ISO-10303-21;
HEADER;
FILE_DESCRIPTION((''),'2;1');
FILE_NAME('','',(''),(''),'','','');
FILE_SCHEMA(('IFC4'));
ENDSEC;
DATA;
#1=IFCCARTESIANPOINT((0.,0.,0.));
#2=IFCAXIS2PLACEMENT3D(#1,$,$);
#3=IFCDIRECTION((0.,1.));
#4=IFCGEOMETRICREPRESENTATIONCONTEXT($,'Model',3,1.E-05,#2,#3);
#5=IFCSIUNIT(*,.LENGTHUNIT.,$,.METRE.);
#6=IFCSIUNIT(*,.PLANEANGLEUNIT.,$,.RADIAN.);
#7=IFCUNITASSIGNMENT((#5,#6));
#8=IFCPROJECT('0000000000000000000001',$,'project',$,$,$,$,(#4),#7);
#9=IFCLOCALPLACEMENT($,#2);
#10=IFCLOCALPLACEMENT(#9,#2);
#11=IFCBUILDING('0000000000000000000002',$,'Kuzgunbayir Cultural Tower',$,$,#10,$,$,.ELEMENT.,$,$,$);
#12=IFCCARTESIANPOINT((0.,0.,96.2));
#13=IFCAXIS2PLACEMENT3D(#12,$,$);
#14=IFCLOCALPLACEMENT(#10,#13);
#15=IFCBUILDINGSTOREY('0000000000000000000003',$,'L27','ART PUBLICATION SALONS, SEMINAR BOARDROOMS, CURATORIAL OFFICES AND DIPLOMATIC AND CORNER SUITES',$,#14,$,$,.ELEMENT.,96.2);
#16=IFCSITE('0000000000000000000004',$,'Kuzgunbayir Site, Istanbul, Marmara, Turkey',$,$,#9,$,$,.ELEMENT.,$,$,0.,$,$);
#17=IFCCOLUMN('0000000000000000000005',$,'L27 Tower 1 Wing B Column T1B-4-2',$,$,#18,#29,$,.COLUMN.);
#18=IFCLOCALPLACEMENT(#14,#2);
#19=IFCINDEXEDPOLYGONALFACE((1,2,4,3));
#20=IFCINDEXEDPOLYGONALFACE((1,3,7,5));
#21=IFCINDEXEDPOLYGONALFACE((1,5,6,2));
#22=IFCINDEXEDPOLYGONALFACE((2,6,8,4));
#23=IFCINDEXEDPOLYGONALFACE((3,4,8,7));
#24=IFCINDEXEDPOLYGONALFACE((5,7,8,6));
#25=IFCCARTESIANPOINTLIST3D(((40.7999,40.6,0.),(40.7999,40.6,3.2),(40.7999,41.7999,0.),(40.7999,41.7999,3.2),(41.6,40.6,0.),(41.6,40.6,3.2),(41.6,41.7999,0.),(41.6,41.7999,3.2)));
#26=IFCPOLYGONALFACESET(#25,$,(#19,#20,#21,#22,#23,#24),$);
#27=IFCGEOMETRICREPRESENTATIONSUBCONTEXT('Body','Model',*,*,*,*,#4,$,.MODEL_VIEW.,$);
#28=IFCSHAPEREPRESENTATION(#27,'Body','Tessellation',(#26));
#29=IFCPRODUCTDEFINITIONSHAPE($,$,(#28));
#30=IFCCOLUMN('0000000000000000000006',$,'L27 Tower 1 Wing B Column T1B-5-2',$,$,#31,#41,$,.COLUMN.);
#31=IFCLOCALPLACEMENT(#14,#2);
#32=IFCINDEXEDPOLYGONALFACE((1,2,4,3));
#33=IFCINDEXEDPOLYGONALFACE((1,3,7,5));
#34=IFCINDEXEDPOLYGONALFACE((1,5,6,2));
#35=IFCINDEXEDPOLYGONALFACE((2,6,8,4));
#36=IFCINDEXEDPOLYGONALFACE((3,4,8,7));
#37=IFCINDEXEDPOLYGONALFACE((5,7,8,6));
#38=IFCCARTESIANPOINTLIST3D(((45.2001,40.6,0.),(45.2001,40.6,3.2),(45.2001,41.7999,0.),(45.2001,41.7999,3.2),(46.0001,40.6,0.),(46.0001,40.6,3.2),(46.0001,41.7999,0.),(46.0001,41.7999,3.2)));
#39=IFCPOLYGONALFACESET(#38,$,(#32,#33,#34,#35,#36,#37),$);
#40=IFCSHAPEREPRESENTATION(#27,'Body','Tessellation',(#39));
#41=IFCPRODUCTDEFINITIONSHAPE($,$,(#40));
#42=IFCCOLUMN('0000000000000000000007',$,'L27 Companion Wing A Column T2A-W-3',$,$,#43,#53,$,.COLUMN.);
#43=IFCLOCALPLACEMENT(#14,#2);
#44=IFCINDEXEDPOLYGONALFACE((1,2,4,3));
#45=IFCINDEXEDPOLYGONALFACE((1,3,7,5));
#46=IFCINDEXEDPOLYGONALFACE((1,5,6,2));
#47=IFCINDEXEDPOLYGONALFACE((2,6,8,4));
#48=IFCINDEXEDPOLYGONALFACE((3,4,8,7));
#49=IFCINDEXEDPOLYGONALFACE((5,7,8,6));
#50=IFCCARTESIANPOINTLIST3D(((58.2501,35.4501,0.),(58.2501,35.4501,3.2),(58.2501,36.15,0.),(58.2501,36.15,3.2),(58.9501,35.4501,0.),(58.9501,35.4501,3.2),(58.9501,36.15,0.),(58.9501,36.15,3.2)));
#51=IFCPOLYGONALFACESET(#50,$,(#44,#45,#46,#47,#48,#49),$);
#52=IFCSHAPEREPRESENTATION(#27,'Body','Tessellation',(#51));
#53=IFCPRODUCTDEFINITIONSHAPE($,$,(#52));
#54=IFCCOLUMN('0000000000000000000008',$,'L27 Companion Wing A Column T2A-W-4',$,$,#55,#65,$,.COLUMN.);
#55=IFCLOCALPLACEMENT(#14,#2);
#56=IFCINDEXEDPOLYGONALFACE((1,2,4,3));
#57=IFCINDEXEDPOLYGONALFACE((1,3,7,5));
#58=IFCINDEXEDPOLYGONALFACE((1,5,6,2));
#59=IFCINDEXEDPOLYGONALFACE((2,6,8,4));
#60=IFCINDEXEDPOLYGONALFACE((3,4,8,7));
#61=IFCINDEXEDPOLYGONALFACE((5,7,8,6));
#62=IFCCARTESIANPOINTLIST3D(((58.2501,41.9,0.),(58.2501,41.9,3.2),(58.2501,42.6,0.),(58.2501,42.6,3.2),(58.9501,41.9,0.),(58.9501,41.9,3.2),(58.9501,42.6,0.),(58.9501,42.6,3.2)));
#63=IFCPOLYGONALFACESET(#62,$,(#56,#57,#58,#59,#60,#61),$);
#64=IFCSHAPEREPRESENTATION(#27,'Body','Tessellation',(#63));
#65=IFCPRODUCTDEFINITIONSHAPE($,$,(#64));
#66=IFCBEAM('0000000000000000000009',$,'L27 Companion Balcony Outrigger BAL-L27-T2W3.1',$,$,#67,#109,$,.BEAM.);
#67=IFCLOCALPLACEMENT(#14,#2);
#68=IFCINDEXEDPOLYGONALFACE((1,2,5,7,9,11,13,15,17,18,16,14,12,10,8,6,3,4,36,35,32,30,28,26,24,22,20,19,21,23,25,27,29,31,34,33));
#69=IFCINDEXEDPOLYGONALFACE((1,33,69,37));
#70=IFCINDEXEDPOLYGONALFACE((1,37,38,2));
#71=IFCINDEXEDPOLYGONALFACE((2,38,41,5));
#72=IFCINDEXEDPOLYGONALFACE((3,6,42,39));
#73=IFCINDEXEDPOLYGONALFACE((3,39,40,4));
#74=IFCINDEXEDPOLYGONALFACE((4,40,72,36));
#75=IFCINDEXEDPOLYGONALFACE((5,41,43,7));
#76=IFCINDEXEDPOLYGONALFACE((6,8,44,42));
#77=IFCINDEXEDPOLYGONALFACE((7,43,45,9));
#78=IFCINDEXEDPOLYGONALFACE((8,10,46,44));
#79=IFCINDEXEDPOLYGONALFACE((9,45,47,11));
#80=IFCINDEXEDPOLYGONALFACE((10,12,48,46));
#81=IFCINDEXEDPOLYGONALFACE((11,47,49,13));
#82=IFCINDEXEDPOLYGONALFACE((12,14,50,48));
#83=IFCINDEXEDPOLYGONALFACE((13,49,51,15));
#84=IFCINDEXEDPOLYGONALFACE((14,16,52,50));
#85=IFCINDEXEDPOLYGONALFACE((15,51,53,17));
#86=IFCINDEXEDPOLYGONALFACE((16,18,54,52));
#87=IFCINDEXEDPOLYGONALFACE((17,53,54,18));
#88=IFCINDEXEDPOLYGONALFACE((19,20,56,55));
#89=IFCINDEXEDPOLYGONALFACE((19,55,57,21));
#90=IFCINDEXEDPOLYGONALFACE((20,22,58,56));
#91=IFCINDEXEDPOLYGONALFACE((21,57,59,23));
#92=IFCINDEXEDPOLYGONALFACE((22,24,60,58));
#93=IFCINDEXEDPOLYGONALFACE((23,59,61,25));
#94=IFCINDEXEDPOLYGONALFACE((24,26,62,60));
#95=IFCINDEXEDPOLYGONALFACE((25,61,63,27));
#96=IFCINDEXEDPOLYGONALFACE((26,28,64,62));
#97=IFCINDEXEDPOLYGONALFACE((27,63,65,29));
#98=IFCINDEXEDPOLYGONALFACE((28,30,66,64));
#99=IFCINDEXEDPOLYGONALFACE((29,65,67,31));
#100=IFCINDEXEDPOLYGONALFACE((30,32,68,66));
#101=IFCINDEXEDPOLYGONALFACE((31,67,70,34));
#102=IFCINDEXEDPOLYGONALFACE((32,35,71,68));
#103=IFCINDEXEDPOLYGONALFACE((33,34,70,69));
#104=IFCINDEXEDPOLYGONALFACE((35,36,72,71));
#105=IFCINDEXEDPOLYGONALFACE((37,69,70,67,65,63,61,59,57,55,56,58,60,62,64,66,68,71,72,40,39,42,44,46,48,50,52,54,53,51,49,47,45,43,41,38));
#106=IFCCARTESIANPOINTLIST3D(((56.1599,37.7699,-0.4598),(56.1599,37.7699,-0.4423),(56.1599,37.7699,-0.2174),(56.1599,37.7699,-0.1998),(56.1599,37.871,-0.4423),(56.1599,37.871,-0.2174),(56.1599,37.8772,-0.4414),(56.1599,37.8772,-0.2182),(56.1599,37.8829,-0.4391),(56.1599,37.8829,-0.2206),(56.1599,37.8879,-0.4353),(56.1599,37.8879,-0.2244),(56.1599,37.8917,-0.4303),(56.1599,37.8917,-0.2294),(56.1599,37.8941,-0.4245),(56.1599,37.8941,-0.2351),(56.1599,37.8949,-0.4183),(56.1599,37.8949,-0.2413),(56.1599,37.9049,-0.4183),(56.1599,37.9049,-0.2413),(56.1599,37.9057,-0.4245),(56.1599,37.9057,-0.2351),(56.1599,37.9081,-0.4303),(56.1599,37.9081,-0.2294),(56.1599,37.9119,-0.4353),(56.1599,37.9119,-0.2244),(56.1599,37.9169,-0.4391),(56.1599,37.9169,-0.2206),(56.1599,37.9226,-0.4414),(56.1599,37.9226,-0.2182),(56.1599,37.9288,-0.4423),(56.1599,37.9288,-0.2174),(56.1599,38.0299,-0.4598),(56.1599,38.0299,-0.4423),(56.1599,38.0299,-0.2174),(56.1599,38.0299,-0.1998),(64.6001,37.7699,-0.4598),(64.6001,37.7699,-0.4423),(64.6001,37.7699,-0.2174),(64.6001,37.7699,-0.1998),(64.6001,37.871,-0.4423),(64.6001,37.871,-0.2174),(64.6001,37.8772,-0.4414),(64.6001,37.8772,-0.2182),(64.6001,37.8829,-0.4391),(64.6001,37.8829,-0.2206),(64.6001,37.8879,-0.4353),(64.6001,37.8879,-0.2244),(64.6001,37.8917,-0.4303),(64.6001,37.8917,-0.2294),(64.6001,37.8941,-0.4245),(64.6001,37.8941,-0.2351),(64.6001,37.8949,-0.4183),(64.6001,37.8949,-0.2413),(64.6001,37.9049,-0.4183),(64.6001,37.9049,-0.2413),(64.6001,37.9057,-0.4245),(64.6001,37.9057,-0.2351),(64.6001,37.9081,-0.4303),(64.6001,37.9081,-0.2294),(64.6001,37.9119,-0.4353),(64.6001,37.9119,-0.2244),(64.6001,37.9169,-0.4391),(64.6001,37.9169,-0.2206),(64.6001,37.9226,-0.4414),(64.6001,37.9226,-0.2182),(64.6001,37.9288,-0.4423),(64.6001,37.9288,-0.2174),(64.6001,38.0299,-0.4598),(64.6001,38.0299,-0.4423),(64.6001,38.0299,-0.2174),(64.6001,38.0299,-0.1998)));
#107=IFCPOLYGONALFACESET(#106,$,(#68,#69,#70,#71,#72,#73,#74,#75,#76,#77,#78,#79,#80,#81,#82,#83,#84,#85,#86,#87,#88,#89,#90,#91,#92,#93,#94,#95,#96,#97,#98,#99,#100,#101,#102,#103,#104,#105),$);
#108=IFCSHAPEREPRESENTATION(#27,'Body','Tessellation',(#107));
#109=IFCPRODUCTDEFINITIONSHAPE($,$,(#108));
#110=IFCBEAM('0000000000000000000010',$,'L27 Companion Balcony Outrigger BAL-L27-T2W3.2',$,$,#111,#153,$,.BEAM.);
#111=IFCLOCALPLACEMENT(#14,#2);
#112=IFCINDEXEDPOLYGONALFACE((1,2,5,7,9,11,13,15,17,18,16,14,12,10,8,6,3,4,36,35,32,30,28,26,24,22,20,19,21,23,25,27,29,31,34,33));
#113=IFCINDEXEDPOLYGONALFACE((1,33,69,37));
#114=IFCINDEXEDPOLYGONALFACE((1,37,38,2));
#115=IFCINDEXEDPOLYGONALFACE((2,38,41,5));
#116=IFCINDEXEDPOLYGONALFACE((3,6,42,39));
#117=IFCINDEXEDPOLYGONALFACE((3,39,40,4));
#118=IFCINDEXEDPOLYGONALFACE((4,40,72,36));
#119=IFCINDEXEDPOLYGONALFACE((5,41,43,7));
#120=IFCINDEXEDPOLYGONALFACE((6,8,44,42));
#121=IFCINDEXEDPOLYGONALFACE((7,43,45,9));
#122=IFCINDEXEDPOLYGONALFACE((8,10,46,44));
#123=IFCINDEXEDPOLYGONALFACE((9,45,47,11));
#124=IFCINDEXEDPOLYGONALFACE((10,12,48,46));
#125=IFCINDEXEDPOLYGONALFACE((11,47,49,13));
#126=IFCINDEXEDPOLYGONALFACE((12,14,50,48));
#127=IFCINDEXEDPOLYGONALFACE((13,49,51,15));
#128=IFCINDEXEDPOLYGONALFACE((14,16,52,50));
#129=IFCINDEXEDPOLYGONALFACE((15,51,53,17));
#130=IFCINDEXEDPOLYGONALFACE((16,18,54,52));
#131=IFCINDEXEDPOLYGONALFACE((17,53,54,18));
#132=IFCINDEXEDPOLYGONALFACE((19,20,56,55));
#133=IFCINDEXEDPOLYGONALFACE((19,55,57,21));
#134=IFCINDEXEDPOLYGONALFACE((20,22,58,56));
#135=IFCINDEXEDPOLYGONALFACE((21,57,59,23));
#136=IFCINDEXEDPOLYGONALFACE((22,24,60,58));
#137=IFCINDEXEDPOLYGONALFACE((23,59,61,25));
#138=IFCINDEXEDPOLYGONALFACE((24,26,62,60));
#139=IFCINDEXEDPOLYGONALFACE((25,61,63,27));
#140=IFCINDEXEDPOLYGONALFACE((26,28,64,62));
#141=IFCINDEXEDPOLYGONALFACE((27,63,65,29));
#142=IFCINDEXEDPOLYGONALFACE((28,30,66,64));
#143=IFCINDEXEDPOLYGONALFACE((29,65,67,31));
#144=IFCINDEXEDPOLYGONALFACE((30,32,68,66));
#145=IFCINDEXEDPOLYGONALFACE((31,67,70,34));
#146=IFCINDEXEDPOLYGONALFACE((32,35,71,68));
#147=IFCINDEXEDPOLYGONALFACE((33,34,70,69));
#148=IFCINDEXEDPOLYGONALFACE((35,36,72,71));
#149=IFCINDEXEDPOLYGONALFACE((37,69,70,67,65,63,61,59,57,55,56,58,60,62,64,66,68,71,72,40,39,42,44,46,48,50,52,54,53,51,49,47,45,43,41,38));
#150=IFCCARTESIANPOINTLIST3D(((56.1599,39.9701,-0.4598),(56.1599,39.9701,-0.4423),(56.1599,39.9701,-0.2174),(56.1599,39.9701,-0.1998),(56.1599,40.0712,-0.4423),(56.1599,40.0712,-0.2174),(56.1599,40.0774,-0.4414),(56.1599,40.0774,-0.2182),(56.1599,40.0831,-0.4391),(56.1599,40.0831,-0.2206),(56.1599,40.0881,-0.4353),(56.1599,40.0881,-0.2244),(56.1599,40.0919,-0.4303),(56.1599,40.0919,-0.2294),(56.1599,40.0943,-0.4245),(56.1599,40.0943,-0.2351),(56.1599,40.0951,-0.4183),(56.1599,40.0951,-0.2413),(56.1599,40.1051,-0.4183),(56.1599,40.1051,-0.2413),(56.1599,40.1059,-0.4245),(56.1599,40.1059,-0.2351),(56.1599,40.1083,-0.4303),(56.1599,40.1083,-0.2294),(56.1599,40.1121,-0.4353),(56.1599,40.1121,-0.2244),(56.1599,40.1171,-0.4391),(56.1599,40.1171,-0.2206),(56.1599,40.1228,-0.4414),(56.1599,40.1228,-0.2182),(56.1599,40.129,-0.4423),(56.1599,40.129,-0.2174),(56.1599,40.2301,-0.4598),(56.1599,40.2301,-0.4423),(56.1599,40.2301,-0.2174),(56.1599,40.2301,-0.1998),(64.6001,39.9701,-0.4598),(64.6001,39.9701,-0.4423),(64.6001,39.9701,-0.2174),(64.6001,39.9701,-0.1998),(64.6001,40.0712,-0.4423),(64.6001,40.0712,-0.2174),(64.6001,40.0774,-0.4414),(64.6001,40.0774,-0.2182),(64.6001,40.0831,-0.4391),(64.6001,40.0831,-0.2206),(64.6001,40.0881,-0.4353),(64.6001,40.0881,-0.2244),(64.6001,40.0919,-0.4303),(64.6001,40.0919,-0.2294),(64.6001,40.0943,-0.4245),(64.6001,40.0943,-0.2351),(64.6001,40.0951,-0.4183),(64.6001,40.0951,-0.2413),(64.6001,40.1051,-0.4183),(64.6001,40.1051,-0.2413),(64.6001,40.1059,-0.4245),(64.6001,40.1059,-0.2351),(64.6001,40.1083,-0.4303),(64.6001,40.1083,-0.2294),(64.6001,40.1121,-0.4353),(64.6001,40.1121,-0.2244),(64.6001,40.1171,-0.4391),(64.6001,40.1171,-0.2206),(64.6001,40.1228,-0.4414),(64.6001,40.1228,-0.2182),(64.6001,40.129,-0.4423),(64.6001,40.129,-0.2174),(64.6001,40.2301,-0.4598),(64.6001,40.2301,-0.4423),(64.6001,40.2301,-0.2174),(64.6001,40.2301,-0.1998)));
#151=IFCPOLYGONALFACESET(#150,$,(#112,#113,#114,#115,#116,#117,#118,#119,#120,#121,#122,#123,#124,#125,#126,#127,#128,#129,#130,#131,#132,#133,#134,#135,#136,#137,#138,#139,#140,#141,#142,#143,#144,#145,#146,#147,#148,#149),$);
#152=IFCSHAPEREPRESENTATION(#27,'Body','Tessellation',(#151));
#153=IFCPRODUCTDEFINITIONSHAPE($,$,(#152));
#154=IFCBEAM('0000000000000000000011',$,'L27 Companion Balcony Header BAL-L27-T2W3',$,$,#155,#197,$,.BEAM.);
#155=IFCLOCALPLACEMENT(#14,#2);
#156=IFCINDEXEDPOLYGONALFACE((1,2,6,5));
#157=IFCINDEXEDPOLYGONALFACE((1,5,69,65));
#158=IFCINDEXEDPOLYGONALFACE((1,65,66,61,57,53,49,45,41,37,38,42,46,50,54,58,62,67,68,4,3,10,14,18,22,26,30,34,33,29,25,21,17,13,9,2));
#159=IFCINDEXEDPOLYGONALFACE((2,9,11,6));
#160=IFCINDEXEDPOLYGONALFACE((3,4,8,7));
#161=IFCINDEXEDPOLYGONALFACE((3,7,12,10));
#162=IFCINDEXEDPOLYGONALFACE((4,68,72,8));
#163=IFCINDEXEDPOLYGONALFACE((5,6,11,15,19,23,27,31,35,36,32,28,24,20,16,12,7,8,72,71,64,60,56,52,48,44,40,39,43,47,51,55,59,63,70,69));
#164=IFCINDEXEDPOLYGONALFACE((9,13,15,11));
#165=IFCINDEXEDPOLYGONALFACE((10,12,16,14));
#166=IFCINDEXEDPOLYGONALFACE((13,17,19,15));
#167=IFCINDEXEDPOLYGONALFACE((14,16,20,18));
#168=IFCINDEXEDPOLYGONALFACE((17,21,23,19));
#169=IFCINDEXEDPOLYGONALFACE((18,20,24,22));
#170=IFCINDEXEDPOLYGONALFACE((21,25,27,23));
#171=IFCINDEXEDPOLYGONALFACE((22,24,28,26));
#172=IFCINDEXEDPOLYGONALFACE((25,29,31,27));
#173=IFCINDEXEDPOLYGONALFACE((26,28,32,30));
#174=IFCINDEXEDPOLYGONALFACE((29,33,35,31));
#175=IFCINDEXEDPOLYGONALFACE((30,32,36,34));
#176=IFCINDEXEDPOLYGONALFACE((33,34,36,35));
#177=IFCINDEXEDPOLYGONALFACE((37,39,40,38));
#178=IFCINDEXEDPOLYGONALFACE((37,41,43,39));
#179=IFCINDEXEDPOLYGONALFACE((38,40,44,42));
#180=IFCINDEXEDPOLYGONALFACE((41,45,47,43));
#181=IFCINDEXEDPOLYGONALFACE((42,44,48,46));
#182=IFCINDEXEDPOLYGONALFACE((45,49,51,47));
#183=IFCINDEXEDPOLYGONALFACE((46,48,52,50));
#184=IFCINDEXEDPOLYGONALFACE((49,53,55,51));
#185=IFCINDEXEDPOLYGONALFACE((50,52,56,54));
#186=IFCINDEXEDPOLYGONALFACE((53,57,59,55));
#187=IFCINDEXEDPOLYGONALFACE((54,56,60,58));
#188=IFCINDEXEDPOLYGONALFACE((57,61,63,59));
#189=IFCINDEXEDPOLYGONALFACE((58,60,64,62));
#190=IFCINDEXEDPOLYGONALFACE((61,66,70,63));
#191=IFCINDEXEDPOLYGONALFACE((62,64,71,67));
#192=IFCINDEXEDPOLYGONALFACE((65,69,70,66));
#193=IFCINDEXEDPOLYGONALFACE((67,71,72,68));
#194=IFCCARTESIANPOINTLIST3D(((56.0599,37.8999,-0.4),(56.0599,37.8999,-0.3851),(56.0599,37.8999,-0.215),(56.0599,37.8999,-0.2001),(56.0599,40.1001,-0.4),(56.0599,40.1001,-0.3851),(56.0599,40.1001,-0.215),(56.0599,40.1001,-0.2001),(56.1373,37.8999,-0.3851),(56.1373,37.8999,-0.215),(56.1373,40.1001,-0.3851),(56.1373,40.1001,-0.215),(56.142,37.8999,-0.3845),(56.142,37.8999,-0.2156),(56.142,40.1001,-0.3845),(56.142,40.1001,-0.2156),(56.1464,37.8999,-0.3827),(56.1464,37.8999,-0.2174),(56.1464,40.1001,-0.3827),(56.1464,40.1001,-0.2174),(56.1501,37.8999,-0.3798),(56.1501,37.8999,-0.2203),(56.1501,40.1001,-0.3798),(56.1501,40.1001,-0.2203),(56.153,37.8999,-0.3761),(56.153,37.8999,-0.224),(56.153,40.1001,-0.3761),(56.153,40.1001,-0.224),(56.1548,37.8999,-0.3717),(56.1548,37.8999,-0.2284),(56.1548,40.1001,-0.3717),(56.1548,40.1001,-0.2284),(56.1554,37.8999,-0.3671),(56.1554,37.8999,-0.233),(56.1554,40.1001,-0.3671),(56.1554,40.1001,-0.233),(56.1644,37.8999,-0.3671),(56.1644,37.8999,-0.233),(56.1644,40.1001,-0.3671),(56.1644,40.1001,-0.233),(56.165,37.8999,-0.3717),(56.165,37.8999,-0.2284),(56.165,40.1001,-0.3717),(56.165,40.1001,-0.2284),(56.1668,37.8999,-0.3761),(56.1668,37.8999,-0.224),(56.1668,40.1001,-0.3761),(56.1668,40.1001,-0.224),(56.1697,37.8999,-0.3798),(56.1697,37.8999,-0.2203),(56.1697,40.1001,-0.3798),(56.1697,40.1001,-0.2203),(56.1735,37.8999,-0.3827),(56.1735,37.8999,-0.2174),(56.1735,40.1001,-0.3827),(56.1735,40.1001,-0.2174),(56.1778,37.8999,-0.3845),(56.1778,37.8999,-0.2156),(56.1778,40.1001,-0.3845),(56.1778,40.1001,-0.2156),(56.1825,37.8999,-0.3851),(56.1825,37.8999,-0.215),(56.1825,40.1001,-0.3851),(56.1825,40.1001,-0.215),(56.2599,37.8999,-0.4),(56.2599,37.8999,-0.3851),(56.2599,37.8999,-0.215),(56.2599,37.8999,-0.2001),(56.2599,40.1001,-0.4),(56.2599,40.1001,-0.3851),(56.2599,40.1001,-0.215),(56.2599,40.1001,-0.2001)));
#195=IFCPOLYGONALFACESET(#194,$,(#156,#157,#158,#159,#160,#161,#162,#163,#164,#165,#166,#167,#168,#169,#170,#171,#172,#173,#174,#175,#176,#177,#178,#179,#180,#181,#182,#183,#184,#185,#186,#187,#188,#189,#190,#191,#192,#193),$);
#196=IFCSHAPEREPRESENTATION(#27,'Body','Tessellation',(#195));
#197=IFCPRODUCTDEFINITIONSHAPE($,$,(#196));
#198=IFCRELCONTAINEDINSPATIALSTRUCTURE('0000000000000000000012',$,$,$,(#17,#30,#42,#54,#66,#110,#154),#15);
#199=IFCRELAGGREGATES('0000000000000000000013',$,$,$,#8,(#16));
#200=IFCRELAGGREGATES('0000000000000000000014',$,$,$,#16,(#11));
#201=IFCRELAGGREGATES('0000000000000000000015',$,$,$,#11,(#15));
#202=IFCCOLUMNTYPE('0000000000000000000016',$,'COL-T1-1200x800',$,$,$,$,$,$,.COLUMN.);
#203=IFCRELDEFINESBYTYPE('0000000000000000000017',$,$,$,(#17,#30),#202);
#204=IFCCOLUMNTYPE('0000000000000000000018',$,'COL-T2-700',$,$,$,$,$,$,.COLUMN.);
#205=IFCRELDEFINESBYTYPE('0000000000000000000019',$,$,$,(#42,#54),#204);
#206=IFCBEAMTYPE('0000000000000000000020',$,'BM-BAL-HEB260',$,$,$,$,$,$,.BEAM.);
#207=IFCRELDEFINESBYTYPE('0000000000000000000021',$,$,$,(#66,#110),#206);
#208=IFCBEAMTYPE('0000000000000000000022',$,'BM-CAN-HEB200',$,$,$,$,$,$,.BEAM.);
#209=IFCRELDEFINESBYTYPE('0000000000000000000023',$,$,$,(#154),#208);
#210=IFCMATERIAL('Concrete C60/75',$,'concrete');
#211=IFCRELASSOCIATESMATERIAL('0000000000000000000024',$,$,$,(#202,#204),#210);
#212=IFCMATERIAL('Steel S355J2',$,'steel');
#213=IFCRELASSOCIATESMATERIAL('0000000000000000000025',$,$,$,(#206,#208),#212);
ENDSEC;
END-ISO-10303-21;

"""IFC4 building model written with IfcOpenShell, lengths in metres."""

from ifc_helpers import new_model, si_unit, direction, frame, origin, origin_2d, place, context, subcontext, project, spatial, rectangle, i_section, extrude, material, material_profile, profile_set, type_object, element, save


model = new_model("IFC4")

# Units and contexts
model_context = context("Model", 3, precision=1e-05, world=origin(), true_north=direction((0.0, 1.0)))
body_context = subcontext(model_context, "Body", "Model", "MODEL_VIEW")
ifc_project = project(units=[si_unit("LENGTHUNIT", "METRE"), si_unit("PLANEANGLEUNIT", "RADIAN")], contexts=[model_context])

# Site, building, storey
site_placement = place(None, origin())
site = spatial("IfcSite", under=ifc_project, at=site_placement, Name="Kuzgunbayir Site, Istanbul, Marmara, Turkey", CompositionType="ELEMENT", RefElevation=0.0)
building_placement = place(site_placement, origin())
building = spatial("IfcBuilding", under=site, at=building_placement, Name="Kuzgunbayir Cultural Tower", CompositionType="ELEMENT")
storey_placement = place(building_placement, frame((0.0, 0.0, 96.2)))
storey = spatial("IfcBuildingStorey", under=building, at=storey_placement, Name="L27", Description="ART PUBLICATION SALONS, SEMINAR BOARDROOMS, CURATORIAL OFFICES AND DIPLOMATIC AND CORNER SUITES", CompositionType="ELEMENT", Elevation=96.2)

# Columns
ifc_material_1 = material(Name="Concrete C60/75", Category="concrete")
ifc_material_profile_1 = material_profile(ifc_material_1, rectangle(XDim=0.8, YDim=1.2, at=origin_2d()), Name="RC 1200x800")
ifc_profile_set_1 = profile_set([ifc_material_profile_1], Name="Concrete C60/75")
column_type_1 = type_object("IfcColumnType", Name="COL-T1-1200x800", PredefinedType="COLUMN", material=ifc_profile_set_1)
for number, where, z_axis, x_axis, name in (
    (1, (41.2, 41.2, 0.0), (0.0, 0.0, 1.0), (1.0, 0.0, 0.0), "L27 Tower 1 Wing B Column T1B-4-2"),
    (2, (45.6001, 41.2, 0.0), (0.0, 0.0, 1.0), (1.0, 0.0, 0.0), "L27 Tower 1 Wing B Column T1B-5-2"),
):
    element("IfcColumn", number, at=place(storey_placement, frame(where, z_axis=z_axis, x_axis=x_axis)), inside=storey, type_object=column_type_1, Name=name, PredefinedType="COLUMN", context=body_context, shape_type="SweptSolid", body=[
        extrude(rectangle(XDim=0.8, YDim=1.2, at=origin_2d()), origin(), (0.0, 0.0, 1.0), 3.2),
    ])
ifc_material_profile_2 = material_profile(ifc_material_1, rectangle(XDim=0.7, YDim=0.7, at=origin_2d()), Name="RC 700x700")
ifc_profile_set_2 = profile_set([ifc_material_profile_2], Name="Concrete C60/75")
column_type_2 = type_object("IfcColumnType", Name="COL-T2-700", PredefinedType="COLUMN", material=ifc_profile_set_2)
for number, where, z_axis, x_axis, name in (
    (3, (58.6001, 35.8, 0.0), (0.0, 0.0, 1.0), (1.0, 0.0, 0.0), "L27 Companion Wing A Column T2A-W-3"),
    (4, (58.6001, 42.25, 0.0), (0.0, 0.0, 1.0), (1.0, 0.0, 0.0), "L27 Companion Wing A Column T2A-W-4"),
):
    element("IfcColumn", number, at=place(storey_placement, frame(where, z_axis=z_axis, x_axis=x_axis)), inside=storey, type_object=column_type_2, Name=name, PredefinedType="COLUMN", context=body_context, shape_type="SweptSolid", body=[
        extrude(rectangle(XDim=0.7, YDim=0.7, at=origin_2d()), origin(), (0.0, 0.0, 1.0), 3.2),
    ])

# Beams
ifc_material_2 = material(Name="Steel S355J2", Category="steel")
ifc_material_profile_3 = material_profile(ifc_material_2, i_section(OverallWidth=0.26, OverallDepth=0.26, WebThickness=0.01, FlangeThickness=0.0176, FilletRadius=0.0239, at=origin_2d()), Name="HEB 260")
ifc_profile_set_3 = profile_set([ifc_material_profile_3], Name="Steel S355J2")
beam_type_1 = type_object("IfcBeamType", Name="BM-BAL-HEB260", PredefinedType="BEAM", material=ifc_profile_set_3)
for number, where, z_axis, x_axis, name in (
    (5, (56.1599, 37.8999, -0.3298), (1.0, 0.0, 0.0), (0.0, 1.0, 0.0), "L27 Companion Balcony Outrigger BAL-L27-T2W3.1"),
    (6, (56.1599, 40.1001, -0.3298), (1.0, 0.0, 0.0), (0.0, 1.0, 0.0), "L27 Companion Balcony Outrigger BAL-L27-T2W3.2"),
):
    element("IfcBeam", number, at=place(storey_placement, frame(where, z_axis=z_axis, x_axis=x_axis)), inside=storey, type_object=beam_type_1, Name=name, PredefinedType="BEAM", context=body_context, shape_type="SweptSolid", body=[
        extrude(i_section(OverallWidth=0.26, OverallDepth=0.26, WebThickness=0.01, FlangeThickness=0.0176, FilletRadius=0.0239, at=origin_2d()), origin(), (0.0, 0.0, 1.0), 8.4402),
    ])
ifc_material_profile_4 = material_profile(ifc_material_2, i_section(OverallWidth=0.2, OverallDepth=0.2, WebThickness=0.009, FlangeThickness=0.0149, FilletRadius=0.0181, at=origin_2d()), Name="HEB 200")
ifc_profile_set_4 = profile_set([ifc_material_profile_4], Name="Steel S355J2")
beam_type_2 = type_object("IfcBeamType", Name="BM-CAN-HEB200", PredefinedType="BEAM", material=ifc_profile_set_4)
beam_1_placement = place(storey_placement, frame((56.1599, 37.8999, -0.3), z_axis=(0.0, 1.0, 0.0), x_axis=(-1.0, 0.0, 0.0)))
element("IfcBeam", 7, at=beam_1_placement, inside=storey, type_object=beam_type_2, Name="L27 Companion Balcony Header BAL-L27-T2W3", PredefinedType="BEAM", context=body_context, shape_type="SweptSolid", body=[
    extrude(i_section(OverallWidth=0.2, OverallDepth=0.2, WebThickness=0.009, FlangeThickness=0.0149, FilletRadius=0.0181, at=origin_2d()), origin(), (0.0, 0.0, 1.0), 2.2002),
])

save(model, "model.ifc")
